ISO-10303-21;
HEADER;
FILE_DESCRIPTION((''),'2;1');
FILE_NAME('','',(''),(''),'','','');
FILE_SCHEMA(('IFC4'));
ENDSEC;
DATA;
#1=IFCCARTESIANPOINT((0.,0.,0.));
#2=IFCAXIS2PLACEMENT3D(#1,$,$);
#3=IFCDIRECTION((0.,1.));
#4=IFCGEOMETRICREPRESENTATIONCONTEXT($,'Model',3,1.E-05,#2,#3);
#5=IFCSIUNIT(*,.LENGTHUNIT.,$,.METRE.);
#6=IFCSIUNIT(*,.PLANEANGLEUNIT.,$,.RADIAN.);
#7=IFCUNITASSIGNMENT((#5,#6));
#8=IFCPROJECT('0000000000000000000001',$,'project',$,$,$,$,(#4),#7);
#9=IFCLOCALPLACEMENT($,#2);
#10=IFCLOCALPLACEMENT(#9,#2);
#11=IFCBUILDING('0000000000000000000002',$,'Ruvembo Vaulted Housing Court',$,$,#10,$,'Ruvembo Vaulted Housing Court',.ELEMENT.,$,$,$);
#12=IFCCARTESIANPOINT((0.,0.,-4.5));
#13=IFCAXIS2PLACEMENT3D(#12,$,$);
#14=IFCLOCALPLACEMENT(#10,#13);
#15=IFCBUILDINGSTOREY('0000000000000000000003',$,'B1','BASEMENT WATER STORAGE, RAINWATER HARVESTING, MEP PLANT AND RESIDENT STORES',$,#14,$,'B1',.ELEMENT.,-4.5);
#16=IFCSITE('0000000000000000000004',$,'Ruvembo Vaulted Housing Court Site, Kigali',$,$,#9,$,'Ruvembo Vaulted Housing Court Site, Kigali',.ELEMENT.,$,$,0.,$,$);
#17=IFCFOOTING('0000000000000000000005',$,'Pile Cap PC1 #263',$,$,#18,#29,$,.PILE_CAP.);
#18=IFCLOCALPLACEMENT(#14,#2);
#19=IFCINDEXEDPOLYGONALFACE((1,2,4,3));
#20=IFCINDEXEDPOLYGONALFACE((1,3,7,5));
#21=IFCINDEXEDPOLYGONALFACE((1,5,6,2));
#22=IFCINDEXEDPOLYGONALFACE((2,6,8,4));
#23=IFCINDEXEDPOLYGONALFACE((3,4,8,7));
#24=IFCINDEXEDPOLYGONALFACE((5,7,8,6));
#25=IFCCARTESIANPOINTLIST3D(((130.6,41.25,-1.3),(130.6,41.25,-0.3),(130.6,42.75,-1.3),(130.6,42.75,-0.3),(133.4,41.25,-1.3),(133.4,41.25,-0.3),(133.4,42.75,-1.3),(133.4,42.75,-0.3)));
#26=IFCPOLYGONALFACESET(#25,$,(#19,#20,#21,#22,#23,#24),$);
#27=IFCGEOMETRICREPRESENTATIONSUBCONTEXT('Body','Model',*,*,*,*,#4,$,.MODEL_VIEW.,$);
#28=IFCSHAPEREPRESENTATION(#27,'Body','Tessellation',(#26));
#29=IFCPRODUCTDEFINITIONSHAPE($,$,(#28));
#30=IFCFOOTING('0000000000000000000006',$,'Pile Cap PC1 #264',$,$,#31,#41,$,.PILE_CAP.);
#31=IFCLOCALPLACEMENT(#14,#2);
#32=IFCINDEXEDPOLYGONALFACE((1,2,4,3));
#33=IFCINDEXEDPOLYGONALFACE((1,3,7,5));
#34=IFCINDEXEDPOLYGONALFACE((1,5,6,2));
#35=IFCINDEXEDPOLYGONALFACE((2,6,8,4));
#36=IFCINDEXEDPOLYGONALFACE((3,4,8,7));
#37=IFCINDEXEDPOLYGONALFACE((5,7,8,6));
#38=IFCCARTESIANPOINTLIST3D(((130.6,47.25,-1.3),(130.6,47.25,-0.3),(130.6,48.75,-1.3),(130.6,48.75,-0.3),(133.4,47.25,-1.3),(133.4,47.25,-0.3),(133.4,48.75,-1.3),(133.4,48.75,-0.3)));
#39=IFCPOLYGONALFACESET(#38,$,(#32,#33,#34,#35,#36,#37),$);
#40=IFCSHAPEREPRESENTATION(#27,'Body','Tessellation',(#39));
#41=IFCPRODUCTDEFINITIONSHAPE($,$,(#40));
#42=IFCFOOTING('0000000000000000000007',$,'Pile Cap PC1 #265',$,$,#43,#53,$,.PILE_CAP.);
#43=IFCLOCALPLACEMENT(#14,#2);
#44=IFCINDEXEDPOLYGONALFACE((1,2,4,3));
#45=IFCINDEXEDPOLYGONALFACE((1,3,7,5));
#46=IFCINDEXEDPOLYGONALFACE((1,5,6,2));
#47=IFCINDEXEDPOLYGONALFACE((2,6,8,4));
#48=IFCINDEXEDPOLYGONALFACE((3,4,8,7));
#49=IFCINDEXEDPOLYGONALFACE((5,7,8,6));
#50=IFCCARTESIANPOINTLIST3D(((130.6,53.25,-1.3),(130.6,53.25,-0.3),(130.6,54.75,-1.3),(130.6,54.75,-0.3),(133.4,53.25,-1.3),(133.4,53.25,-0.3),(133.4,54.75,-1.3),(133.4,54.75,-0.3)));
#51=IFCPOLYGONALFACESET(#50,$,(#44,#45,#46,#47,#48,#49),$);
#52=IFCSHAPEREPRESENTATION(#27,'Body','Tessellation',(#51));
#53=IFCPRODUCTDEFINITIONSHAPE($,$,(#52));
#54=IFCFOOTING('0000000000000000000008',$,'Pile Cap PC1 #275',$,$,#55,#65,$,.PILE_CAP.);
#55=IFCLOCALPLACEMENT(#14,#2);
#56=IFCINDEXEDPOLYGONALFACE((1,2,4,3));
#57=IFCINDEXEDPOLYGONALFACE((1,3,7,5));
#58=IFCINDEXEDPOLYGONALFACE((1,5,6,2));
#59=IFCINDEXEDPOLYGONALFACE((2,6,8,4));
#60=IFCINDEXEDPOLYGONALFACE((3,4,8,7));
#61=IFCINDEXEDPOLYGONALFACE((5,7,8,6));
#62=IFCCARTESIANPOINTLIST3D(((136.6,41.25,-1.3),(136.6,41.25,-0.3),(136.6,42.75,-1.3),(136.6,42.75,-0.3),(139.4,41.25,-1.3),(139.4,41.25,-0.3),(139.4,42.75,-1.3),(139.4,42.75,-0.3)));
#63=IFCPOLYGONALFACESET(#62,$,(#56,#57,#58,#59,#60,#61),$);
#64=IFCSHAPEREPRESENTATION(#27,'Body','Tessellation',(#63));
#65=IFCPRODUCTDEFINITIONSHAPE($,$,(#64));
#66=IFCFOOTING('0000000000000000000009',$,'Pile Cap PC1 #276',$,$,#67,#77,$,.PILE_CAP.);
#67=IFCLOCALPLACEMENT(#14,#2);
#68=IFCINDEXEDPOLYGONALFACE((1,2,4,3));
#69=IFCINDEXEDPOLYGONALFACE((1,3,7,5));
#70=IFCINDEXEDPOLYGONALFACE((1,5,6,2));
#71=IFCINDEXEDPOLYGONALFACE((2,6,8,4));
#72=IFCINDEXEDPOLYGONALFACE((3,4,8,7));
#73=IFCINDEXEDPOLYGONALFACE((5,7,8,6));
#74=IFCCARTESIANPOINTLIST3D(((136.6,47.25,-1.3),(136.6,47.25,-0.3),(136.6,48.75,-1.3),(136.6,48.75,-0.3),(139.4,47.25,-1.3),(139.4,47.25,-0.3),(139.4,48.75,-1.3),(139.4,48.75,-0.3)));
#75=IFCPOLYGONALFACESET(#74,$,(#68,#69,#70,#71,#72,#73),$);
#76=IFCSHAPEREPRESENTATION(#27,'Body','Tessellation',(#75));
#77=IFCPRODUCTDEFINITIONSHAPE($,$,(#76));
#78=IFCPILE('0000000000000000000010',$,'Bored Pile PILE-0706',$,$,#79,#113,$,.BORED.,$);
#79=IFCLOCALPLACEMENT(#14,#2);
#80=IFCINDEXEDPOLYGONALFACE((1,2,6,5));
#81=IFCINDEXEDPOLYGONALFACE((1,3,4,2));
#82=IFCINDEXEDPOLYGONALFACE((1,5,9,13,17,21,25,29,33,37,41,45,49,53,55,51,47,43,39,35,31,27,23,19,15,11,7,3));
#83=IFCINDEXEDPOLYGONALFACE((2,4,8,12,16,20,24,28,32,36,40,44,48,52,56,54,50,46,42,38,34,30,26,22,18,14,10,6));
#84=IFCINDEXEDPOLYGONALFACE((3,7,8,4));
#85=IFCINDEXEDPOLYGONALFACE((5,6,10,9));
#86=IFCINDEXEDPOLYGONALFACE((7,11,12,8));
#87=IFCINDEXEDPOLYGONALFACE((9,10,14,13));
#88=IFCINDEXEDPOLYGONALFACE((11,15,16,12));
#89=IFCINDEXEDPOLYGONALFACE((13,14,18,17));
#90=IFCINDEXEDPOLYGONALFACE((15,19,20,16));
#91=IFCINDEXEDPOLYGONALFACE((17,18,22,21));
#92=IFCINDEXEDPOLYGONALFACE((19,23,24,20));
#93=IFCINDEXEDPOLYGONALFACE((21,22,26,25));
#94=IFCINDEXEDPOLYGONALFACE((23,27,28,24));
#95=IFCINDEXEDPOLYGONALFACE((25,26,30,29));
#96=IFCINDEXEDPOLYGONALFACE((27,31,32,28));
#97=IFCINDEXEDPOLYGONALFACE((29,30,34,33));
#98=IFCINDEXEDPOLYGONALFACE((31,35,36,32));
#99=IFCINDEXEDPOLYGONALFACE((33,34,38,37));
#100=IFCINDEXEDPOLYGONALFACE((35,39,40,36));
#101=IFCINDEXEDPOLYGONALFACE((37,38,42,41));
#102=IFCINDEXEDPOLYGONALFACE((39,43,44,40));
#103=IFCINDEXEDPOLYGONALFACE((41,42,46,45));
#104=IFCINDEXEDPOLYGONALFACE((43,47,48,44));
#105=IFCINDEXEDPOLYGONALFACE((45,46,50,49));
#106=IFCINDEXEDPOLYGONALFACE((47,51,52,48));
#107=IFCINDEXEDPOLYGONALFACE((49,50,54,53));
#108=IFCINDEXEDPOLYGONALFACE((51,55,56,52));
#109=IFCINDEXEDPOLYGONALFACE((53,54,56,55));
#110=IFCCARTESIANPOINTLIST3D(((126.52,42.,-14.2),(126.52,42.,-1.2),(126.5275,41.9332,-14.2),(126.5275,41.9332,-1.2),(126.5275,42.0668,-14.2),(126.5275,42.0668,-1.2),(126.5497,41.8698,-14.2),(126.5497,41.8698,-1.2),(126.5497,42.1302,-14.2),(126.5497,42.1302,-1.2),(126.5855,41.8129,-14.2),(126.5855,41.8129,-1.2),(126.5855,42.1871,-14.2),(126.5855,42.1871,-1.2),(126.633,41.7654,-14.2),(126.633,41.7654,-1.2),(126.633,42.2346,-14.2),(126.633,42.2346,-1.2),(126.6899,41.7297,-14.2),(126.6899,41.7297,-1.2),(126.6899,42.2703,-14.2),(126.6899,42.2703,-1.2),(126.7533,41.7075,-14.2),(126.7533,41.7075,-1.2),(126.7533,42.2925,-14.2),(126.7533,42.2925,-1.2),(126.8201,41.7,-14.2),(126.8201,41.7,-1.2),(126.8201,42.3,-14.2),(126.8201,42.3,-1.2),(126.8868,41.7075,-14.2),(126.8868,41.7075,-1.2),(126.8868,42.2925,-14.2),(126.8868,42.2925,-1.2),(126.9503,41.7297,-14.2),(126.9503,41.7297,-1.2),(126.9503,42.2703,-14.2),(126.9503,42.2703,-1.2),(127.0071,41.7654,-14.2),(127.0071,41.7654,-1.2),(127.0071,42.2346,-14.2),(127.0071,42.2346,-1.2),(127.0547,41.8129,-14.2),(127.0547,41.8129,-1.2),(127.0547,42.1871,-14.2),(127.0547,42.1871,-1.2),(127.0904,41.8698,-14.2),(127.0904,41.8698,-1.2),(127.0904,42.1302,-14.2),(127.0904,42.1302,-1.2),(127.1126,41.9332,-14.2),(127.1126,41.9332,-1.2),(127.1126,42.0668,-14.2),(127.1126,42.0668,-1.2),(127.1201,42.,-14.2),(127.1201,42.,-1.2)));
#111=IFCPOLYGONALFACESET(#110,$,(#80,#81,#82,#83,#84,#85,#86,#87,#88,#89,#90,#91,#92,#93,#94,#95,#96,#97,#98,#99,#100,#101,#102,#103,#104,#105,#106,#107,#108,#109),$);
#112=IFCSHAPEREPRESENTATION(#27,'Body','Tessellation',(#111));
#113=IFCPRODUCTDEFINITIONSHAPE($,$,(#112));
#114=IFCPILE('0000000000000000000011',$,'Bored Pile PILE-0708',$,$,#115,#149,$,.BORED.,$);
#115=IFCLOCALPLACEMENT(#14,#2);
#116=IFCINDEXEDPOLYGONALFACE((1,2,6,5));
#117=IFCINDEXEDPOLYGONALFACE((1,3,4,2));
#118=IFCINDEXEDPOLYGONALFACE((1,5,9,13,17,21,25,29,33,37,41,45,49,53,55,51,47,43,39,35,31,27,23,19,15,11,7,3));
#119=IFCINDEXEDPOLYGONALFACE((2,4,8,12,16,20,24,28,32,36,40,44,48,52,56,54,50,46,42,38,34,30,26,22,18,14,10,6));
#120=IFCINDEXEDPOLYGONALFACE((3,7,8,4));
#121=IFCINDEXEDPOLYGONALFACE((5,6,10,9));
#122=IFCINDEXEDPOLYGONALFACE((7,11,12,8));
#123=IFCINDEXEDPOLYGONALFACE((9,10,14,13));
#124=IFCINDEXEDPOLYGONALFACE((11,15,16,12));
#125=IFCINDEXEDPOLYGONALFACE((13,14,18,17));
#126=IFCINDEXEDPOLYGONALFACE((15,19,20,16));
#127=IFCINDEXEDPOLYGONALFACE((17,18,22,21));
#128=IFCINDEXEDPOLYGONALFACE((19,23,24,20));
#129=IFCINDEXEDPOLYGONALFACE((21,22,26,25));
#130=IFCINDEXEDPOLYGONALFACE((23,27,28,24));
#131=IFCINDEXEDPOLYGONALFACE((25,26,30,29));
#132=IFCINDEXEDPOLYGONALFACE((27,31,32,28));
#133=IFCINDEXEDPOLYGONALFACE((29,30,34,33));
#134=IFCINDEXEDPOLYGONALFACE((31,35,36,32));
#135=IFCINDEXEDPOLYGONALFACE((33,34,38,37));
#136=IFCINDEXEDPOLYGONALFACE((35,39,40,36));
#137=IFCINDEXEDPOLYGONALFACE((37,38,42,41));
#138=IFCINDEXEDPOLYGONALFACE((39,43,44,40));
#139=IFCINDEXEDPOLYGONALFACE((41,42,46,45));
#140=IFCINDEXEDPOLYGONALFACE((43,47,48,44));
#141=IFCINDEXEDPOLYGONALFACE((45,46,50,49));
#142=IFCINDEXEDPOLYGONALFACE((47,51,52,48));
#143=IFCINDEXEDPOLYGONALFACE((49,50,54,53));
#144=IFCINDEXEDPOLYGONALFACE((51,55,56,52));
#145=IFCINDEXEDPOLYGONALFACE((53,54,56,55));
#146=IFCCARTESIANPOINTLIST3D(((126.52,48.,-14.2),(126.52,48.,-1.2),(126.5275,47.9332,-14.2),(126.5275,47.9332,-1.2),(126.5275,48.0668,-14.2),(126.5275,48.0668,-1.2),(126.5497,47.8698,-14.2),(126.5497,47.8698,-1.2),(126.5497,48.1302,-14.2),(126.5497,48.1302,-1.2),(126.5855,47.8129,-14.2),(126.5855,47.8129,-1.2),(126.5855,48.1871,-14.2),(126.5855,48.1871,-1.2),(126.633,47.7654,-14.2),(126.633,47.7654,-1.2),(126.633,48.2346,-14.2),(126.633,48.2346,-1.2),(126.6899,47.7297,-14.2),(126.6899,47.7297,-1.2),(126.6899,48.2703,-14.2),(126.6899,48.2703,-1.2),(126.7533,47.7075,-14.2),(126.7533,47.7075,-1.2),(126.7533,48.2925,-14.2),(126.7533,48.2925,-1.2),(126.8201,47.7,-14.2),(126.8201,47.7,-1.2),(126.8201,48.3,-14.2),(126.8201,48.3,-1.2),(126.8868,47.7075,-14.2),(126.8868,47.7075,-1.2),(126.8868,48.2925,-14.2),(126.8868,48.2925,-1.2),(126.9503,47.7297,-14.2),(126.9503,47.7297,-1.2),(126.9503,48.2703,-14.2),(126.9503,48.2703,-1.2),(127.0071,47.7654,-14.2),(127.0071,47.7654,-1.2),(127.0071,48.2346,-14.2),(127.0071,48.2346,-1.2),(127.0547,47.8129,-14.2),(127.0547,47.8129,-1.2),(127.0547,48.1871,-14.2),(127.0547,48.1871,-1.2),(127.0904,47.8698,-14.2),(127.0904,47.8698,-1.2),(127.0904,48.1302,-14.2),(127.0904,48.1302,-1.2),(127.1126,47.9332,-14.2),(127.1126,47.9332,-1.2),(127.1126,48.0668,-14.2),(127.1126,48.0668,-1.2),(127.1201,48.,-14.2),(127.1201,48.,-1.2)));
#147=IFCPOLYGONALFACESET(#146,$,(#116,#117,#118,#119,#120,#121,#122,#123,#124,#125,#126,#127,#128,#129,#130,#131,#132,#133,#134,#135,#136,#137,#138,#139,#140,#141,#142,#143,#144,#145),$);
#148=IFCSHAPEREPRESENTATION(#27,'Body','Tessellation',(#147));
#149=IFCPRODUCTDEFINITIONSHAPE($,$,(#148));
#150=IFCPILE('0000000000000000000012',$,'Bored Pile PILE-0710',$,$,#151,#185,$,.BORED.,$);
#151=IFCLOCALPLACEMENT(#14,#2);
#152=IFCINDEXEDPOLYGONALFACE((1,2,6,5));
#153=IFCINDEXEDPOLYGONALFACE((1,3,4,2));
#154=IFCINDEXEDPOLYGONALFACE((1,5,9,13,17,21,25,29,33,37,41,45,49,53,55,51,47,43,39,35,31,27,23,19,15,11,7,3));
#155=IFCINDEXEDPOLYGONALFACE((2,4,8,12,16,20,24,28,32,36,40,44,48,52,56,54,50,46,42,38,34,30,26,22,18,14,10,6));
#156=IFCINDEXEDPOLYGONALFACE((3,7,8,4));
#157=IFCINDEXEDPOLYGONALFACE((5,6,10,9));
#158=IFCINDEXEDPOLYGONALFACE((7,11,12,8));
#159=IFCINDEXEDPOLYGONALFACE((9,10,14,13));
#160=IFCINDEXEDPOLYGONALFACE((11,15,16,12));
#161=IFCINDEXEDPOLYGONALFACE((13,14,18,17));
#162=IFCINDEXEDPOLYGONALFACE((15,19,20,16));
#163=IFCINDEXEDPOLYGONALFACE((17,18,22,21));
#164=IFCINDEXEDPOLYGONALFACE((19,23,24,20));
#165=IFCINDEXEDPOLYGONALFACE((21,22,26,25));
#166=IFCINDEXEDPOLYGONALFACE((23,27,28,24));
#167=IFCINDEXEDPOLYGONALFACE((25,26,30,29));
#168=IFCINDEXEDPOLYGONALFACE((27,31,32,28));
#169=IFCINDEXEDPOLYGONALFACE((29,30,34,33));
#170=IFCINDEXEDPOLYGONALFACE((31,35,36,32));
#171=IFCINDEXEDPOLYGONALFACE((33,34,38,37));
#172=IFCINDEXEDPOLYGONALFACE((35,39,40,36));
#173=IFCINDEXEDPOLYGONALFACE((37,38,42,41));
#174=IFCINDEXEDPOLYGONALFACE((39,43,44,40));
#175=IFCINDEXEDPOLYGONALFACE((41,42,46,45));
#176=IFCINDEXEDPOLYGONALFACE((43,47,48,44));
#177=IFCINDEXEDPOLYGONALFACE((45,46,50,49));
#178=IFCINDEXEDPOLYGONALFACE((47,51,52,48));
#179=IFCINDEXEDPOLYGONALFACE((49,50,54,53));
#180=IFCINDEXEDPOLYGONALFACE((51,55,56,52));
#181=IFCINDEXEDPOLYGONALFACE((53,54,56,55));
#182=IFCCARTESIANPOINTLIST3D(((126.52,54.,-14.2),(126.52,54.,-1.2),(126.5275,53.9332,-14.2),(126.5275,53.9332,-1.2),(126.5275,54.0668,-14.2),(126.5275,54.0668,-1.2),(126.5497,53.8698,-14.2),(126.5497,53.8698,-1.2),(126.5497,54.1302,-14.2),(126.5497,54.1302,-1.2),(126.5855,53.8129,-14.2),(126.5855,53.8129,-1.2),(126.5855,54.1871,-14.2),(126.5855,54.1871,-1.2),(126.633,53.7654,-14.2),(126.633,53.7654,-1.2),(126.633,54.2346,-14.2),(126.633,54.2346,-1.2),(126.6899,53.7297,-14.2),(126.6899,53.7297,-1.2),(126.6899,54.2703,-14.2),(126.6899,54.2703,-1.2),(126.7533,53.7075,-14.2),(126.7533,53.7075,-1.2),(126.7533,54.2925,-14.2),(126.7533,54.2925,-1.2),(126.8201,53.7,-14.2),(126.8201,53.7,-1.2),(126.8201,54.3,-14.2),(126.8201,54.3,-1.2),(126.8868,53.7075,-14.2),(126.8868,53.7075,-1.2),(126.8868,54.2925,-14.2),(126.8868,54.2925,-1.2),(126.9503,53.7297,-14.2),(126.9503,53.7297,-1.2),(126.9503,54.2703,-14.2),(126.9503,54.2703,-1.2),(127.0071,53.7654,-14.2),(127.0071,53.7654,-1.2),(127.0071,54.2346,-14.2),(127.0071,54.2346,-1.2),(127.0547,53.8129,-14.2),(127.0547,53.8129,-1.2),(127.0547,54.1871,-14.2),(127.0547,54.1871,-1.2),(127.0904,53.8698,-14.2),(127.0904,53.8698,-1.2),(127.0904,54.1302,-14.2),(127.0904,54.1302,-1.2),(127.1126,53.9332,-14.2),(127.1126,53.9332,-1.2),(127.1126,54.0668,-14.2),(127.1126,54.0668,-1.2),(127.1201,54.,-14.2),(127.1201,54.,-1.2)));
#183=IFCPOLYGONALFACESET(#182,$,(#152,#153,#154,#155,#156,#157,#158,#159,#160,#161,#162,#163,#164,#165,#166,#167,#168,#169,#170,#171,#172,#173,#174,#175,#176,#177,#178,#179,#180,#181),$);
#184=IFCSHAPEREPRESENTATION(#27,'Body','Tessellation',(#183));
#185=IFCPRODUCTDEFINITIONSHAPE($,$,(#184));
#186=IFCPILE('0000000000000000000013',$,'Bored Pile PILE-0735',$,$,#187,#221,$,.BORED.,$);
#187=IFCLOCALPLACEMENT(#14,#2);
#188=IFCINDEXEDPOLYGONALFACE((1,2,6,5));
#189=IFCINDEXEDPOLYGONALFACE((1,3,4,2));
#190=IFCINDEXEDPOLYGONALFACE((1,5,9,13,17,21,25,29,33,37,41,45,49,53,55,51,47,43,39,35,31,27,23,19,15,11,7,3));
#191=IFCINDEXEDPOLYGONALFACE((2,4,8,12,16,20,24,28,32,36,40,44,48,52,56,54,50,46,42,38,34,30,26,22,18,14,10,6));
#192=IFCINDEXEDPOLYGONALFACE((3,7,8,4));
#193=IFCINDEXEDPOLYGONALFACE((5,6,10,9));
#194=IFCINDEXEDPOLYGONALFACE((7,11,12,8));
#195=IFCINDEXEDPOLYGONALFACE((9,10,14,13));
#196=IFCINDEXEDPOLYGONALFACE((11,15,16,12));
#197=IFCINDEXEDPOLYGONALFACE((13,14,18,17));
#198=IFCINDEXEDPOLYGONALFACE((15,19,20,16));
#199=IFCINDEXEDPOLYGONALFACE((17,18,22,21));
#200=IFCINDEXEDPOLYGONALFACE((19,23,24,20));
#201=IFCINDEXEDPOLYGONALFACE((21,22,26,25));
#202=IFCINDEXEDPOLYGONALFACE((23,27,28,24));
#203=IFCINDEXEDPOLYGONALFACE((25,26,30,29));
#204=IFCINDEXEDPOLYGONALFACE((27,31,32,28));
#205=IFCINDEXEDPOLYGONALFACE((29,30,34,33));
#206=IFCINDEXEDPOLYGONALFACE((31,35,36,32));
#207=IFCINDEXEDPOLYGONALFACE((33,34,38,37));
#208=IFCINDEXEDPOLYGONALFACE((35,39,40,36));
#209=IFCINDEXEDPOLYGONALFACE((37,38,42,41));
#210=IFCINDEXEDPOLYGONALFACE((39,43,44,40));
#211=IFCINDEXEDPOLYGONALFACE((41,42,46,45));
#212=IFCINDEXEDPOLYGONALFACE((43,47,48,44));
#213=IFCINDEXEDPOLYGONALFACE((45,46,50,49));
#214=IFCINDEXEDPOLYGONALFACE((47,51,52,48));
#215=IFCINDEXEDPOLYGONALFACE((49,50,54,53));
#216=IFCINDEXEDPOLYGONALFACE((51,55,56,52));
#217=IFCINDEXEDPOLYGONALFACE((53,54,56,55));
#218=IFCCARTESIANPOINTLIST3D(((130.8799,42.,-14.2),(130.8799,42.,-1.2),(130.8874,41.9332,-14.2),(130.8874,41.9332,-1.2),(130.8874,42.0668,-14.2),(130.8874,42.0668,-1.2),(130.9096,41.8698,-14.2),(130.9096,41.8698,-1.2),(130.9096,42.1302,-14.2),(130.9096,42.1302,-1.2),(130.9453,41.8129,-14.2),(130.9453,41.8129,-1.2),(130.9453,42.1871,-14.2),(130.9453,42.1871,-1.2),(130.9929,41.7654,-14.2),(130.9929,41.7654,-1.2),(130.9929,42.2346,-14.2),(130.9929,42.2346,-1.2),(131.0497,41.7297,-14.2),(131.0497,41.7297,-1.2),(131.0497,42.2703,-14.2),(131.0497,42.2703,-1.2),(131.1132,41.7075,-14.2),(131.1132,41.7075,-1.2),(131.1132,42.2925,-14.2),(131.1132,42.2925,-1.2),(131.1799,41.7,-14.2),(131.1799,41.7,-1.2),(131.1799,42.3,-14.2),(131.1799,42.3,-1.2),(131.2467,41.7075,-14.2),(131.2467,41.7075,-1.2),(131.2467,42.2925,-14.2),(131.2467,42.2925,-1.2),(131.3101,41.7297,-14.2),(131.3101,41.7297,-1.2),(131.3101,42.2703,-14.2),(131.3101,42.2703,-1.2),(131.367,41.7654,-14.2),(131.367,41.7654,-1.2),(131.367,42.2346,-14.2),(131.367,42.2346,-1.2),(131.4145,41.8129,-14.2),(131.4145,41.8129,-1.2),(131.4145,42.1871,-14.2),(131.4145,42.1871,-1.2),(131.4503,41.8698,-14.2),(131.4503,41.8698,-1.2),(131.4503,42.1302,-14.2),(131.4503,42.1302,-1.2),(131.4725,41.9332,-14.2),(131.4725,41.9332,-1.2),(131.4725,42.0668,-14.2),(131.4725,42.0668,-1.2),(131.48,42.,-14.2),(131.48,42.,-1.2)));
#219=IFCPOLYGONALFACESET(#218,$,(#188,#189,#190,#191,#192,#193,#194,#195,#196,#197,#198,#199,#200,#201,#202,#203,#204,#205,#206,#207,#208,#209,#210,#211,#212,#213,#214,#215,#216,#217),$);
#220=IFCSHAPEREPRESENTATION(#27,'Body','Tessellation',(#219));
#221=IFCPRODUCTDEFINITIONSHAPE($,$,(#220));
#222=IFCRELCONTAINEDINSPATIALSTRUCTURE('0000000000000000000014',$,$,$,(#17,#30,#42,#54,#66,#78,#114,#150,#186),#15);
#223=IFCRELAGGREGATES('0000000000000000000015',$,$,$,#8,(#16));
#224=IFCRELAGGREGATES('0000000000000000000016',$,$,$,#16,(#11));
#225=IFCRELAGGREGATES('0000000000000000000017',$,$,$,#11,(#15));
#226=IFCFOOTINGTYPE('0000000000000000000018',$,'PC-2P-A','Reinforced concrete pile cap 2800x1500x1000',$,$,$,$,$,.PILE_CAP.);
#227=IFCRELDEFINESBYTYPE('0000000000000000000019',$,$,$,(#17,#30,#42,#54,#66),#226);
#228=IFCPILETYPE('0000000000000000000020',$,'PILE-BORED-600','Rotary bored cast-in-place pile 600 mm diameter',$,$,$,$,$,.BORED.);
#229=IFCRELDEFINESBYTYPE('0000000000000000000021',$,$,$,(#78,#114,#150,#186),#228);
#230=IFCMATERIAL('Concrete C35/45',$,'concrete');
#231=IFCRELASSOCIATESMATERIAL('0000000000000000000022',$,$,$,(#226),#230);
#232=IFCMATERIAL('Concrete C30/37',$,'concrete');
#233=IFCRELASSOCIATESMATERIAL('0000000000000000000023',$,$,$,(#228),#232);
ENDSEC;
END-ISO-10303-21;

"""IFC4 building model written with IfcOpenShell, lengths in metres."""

from ifc_helpers import new_model, si_unit, direction, frame, origin, origin_2d, place, context, subcontext, project, spatial, rectangle, circle, extrude, material, material_profile, profile_set, type_object, element, save


model = new_model("IFC4")

# Units and contexts
model_context = context("Model", 3, precision=1e-05, world=origin(), true_north=direction((0.0, 1.0)))
body_context = subcontext(model_context, "Body", "Model", "MODEL_VIEW")
ifc_project = project(units=[si_unit("LENGTHUNIT", "METRE"), si_unit("PLANEANGLEUNIT", "RADIAN")], contexts=[model_context])

# Site, building, storey
site_placement = place(None, origin())
site = spatial("IfcSite", under=ifc_project, at=site_placement, Name="Ruvembo Vaulted Housing Court Site, Kigali", LongName="Ruvembo Vaulted Housing Court Site, Kigali", CompositionType="ELEMENT", RefElevation=0.0)
building_placement = place(site_placement, origin())
building = spatial("IfcBuilding", under=site, at=building_placement, Name="Ruvembo Vaulted Housing Court", LongName="Ruvembo Vaulted Housing Court", CompositionType="ELEMENT")
storey_placement = place(building_placement, frame((0.0, 0.0, -4.5)))
storey = spatial("IfcBuildingStorey", under=building, at=storey_placement, Name="B1", Description="BASEMENT WATER STORAGE, RAINWATER HARVESTING, MEP PLANT AND RESIDENT STORES", LongName="B1", CompositionType="ELEMENT", Elevation=-4.5)

# Footings
ifc_material_1 = material(Name="Concrete C35/45", Category="concrete")
footing_type = type_object("IfcFootingType", Name="PC-2P-A", Description="Reinforced concrete pile cap 2800x1500x1000", PredefinedType="PILE_CAP", material=ifc_material_1)
for number, where, z_axis, x_axis, name in (
    (1, (132.0, 42.0, -1.3), (0.0, 0.0, 1.0), (1.0, 0.0, 0.0), "Pile Cap PC1 #263"),
    (2, (132.0, 48.0, -1.3), (0.0, 0.0, 1.0), (1.0, 0.0, 0.0), "Pile Cap PC1 #264"),
    (3, (132.0, 54.0, -1.3), (0.0, 0.0, 1.0), (1.0, 0.0, 0.0), "Pile Cap PC1 #265"),
    (4, (138.0, 42.0, -1.3), (0.0, 0.0, 1.0), (1.0, 0.0, 0.0), "Pile Cap PC1 #275"),
    (5, (138.0, 48.0, -1.3), (0.0, 0.0, 1.0), (1.0, 0.0, 0.0), "Pile Cap PC1 #276"),
):
    element("IfcFooting", number, at=place(storey_placement, frame(where, z_axis=z_axis, x_axis=x_axis)), inside=storey, type_object=footing_type, Name=name, PredefinedType="PILE_CAP", context=body_context, shape_type="SweptSolid", body=[
        extrude(rectangle(XDim=2.8, YDim=1.5, at=origin_2d()), origin(), (0.0, 0.0, 1.0), 1.0),
    ])

# Piles
ifc_material_2 = material(Name="Concrete C30/37", Category="concrete")
ifc_material_profile_1 = material_profile(ifc_material_2, circle(Radius=0.3, at=origin_2d()), Name="PILE D600")
ifc_profile_set_1 = profile_set([ifc_material_profile_1], Name="Concrete C30/37")
pile_type_1 = type_object("IfcPileType", Name="PILE-BORED-600", Description="Rotary bored cast-in-place pile 600 mm diameter", PredefinedType="BORED", material=ifc_profile_set_1)
for number, where, z_axis, x_axis, name in (
    (6, (126.8201, 42.0, -1.2), (0.0, 0.0, -1.0), (1.0, 0.0, 0.0), "Bored Pile PILE-0706"),
    (7, (126.8201, 48.0, -1.2), (0.0, 0.0, -1.0), (1.0, 0.0, 0.0), "Bored Pile PILE-0708"),
    (8, (126.8201, 54.0, -1.2), (0.0, 0.0, -1.0), (1.0, 0.0, 0.0), "Bored Pile PILE-0710"),
    (9, (131.1799, 42.0, -1.2), (0.0, 0.0, -1.0), (1.0, 0.0, 0.0), "Bored Pile PILE-0735"),
):
    element("IfcPile", number, at=place(storey_placement, frame(where, z_axis=z_axis, x_axis=x_axis)), inside=storey, type_object=pile_type_1, Name=name, PredefinedType="BORED", context=body_context, shape_type="SweptSolid", body=[
        extrude(circle(Radius=0.3, at=origin_2d()), origin(), (0.0, 0.0, 1.0), 13.0),
    ])

save(model, "model.ifc")
